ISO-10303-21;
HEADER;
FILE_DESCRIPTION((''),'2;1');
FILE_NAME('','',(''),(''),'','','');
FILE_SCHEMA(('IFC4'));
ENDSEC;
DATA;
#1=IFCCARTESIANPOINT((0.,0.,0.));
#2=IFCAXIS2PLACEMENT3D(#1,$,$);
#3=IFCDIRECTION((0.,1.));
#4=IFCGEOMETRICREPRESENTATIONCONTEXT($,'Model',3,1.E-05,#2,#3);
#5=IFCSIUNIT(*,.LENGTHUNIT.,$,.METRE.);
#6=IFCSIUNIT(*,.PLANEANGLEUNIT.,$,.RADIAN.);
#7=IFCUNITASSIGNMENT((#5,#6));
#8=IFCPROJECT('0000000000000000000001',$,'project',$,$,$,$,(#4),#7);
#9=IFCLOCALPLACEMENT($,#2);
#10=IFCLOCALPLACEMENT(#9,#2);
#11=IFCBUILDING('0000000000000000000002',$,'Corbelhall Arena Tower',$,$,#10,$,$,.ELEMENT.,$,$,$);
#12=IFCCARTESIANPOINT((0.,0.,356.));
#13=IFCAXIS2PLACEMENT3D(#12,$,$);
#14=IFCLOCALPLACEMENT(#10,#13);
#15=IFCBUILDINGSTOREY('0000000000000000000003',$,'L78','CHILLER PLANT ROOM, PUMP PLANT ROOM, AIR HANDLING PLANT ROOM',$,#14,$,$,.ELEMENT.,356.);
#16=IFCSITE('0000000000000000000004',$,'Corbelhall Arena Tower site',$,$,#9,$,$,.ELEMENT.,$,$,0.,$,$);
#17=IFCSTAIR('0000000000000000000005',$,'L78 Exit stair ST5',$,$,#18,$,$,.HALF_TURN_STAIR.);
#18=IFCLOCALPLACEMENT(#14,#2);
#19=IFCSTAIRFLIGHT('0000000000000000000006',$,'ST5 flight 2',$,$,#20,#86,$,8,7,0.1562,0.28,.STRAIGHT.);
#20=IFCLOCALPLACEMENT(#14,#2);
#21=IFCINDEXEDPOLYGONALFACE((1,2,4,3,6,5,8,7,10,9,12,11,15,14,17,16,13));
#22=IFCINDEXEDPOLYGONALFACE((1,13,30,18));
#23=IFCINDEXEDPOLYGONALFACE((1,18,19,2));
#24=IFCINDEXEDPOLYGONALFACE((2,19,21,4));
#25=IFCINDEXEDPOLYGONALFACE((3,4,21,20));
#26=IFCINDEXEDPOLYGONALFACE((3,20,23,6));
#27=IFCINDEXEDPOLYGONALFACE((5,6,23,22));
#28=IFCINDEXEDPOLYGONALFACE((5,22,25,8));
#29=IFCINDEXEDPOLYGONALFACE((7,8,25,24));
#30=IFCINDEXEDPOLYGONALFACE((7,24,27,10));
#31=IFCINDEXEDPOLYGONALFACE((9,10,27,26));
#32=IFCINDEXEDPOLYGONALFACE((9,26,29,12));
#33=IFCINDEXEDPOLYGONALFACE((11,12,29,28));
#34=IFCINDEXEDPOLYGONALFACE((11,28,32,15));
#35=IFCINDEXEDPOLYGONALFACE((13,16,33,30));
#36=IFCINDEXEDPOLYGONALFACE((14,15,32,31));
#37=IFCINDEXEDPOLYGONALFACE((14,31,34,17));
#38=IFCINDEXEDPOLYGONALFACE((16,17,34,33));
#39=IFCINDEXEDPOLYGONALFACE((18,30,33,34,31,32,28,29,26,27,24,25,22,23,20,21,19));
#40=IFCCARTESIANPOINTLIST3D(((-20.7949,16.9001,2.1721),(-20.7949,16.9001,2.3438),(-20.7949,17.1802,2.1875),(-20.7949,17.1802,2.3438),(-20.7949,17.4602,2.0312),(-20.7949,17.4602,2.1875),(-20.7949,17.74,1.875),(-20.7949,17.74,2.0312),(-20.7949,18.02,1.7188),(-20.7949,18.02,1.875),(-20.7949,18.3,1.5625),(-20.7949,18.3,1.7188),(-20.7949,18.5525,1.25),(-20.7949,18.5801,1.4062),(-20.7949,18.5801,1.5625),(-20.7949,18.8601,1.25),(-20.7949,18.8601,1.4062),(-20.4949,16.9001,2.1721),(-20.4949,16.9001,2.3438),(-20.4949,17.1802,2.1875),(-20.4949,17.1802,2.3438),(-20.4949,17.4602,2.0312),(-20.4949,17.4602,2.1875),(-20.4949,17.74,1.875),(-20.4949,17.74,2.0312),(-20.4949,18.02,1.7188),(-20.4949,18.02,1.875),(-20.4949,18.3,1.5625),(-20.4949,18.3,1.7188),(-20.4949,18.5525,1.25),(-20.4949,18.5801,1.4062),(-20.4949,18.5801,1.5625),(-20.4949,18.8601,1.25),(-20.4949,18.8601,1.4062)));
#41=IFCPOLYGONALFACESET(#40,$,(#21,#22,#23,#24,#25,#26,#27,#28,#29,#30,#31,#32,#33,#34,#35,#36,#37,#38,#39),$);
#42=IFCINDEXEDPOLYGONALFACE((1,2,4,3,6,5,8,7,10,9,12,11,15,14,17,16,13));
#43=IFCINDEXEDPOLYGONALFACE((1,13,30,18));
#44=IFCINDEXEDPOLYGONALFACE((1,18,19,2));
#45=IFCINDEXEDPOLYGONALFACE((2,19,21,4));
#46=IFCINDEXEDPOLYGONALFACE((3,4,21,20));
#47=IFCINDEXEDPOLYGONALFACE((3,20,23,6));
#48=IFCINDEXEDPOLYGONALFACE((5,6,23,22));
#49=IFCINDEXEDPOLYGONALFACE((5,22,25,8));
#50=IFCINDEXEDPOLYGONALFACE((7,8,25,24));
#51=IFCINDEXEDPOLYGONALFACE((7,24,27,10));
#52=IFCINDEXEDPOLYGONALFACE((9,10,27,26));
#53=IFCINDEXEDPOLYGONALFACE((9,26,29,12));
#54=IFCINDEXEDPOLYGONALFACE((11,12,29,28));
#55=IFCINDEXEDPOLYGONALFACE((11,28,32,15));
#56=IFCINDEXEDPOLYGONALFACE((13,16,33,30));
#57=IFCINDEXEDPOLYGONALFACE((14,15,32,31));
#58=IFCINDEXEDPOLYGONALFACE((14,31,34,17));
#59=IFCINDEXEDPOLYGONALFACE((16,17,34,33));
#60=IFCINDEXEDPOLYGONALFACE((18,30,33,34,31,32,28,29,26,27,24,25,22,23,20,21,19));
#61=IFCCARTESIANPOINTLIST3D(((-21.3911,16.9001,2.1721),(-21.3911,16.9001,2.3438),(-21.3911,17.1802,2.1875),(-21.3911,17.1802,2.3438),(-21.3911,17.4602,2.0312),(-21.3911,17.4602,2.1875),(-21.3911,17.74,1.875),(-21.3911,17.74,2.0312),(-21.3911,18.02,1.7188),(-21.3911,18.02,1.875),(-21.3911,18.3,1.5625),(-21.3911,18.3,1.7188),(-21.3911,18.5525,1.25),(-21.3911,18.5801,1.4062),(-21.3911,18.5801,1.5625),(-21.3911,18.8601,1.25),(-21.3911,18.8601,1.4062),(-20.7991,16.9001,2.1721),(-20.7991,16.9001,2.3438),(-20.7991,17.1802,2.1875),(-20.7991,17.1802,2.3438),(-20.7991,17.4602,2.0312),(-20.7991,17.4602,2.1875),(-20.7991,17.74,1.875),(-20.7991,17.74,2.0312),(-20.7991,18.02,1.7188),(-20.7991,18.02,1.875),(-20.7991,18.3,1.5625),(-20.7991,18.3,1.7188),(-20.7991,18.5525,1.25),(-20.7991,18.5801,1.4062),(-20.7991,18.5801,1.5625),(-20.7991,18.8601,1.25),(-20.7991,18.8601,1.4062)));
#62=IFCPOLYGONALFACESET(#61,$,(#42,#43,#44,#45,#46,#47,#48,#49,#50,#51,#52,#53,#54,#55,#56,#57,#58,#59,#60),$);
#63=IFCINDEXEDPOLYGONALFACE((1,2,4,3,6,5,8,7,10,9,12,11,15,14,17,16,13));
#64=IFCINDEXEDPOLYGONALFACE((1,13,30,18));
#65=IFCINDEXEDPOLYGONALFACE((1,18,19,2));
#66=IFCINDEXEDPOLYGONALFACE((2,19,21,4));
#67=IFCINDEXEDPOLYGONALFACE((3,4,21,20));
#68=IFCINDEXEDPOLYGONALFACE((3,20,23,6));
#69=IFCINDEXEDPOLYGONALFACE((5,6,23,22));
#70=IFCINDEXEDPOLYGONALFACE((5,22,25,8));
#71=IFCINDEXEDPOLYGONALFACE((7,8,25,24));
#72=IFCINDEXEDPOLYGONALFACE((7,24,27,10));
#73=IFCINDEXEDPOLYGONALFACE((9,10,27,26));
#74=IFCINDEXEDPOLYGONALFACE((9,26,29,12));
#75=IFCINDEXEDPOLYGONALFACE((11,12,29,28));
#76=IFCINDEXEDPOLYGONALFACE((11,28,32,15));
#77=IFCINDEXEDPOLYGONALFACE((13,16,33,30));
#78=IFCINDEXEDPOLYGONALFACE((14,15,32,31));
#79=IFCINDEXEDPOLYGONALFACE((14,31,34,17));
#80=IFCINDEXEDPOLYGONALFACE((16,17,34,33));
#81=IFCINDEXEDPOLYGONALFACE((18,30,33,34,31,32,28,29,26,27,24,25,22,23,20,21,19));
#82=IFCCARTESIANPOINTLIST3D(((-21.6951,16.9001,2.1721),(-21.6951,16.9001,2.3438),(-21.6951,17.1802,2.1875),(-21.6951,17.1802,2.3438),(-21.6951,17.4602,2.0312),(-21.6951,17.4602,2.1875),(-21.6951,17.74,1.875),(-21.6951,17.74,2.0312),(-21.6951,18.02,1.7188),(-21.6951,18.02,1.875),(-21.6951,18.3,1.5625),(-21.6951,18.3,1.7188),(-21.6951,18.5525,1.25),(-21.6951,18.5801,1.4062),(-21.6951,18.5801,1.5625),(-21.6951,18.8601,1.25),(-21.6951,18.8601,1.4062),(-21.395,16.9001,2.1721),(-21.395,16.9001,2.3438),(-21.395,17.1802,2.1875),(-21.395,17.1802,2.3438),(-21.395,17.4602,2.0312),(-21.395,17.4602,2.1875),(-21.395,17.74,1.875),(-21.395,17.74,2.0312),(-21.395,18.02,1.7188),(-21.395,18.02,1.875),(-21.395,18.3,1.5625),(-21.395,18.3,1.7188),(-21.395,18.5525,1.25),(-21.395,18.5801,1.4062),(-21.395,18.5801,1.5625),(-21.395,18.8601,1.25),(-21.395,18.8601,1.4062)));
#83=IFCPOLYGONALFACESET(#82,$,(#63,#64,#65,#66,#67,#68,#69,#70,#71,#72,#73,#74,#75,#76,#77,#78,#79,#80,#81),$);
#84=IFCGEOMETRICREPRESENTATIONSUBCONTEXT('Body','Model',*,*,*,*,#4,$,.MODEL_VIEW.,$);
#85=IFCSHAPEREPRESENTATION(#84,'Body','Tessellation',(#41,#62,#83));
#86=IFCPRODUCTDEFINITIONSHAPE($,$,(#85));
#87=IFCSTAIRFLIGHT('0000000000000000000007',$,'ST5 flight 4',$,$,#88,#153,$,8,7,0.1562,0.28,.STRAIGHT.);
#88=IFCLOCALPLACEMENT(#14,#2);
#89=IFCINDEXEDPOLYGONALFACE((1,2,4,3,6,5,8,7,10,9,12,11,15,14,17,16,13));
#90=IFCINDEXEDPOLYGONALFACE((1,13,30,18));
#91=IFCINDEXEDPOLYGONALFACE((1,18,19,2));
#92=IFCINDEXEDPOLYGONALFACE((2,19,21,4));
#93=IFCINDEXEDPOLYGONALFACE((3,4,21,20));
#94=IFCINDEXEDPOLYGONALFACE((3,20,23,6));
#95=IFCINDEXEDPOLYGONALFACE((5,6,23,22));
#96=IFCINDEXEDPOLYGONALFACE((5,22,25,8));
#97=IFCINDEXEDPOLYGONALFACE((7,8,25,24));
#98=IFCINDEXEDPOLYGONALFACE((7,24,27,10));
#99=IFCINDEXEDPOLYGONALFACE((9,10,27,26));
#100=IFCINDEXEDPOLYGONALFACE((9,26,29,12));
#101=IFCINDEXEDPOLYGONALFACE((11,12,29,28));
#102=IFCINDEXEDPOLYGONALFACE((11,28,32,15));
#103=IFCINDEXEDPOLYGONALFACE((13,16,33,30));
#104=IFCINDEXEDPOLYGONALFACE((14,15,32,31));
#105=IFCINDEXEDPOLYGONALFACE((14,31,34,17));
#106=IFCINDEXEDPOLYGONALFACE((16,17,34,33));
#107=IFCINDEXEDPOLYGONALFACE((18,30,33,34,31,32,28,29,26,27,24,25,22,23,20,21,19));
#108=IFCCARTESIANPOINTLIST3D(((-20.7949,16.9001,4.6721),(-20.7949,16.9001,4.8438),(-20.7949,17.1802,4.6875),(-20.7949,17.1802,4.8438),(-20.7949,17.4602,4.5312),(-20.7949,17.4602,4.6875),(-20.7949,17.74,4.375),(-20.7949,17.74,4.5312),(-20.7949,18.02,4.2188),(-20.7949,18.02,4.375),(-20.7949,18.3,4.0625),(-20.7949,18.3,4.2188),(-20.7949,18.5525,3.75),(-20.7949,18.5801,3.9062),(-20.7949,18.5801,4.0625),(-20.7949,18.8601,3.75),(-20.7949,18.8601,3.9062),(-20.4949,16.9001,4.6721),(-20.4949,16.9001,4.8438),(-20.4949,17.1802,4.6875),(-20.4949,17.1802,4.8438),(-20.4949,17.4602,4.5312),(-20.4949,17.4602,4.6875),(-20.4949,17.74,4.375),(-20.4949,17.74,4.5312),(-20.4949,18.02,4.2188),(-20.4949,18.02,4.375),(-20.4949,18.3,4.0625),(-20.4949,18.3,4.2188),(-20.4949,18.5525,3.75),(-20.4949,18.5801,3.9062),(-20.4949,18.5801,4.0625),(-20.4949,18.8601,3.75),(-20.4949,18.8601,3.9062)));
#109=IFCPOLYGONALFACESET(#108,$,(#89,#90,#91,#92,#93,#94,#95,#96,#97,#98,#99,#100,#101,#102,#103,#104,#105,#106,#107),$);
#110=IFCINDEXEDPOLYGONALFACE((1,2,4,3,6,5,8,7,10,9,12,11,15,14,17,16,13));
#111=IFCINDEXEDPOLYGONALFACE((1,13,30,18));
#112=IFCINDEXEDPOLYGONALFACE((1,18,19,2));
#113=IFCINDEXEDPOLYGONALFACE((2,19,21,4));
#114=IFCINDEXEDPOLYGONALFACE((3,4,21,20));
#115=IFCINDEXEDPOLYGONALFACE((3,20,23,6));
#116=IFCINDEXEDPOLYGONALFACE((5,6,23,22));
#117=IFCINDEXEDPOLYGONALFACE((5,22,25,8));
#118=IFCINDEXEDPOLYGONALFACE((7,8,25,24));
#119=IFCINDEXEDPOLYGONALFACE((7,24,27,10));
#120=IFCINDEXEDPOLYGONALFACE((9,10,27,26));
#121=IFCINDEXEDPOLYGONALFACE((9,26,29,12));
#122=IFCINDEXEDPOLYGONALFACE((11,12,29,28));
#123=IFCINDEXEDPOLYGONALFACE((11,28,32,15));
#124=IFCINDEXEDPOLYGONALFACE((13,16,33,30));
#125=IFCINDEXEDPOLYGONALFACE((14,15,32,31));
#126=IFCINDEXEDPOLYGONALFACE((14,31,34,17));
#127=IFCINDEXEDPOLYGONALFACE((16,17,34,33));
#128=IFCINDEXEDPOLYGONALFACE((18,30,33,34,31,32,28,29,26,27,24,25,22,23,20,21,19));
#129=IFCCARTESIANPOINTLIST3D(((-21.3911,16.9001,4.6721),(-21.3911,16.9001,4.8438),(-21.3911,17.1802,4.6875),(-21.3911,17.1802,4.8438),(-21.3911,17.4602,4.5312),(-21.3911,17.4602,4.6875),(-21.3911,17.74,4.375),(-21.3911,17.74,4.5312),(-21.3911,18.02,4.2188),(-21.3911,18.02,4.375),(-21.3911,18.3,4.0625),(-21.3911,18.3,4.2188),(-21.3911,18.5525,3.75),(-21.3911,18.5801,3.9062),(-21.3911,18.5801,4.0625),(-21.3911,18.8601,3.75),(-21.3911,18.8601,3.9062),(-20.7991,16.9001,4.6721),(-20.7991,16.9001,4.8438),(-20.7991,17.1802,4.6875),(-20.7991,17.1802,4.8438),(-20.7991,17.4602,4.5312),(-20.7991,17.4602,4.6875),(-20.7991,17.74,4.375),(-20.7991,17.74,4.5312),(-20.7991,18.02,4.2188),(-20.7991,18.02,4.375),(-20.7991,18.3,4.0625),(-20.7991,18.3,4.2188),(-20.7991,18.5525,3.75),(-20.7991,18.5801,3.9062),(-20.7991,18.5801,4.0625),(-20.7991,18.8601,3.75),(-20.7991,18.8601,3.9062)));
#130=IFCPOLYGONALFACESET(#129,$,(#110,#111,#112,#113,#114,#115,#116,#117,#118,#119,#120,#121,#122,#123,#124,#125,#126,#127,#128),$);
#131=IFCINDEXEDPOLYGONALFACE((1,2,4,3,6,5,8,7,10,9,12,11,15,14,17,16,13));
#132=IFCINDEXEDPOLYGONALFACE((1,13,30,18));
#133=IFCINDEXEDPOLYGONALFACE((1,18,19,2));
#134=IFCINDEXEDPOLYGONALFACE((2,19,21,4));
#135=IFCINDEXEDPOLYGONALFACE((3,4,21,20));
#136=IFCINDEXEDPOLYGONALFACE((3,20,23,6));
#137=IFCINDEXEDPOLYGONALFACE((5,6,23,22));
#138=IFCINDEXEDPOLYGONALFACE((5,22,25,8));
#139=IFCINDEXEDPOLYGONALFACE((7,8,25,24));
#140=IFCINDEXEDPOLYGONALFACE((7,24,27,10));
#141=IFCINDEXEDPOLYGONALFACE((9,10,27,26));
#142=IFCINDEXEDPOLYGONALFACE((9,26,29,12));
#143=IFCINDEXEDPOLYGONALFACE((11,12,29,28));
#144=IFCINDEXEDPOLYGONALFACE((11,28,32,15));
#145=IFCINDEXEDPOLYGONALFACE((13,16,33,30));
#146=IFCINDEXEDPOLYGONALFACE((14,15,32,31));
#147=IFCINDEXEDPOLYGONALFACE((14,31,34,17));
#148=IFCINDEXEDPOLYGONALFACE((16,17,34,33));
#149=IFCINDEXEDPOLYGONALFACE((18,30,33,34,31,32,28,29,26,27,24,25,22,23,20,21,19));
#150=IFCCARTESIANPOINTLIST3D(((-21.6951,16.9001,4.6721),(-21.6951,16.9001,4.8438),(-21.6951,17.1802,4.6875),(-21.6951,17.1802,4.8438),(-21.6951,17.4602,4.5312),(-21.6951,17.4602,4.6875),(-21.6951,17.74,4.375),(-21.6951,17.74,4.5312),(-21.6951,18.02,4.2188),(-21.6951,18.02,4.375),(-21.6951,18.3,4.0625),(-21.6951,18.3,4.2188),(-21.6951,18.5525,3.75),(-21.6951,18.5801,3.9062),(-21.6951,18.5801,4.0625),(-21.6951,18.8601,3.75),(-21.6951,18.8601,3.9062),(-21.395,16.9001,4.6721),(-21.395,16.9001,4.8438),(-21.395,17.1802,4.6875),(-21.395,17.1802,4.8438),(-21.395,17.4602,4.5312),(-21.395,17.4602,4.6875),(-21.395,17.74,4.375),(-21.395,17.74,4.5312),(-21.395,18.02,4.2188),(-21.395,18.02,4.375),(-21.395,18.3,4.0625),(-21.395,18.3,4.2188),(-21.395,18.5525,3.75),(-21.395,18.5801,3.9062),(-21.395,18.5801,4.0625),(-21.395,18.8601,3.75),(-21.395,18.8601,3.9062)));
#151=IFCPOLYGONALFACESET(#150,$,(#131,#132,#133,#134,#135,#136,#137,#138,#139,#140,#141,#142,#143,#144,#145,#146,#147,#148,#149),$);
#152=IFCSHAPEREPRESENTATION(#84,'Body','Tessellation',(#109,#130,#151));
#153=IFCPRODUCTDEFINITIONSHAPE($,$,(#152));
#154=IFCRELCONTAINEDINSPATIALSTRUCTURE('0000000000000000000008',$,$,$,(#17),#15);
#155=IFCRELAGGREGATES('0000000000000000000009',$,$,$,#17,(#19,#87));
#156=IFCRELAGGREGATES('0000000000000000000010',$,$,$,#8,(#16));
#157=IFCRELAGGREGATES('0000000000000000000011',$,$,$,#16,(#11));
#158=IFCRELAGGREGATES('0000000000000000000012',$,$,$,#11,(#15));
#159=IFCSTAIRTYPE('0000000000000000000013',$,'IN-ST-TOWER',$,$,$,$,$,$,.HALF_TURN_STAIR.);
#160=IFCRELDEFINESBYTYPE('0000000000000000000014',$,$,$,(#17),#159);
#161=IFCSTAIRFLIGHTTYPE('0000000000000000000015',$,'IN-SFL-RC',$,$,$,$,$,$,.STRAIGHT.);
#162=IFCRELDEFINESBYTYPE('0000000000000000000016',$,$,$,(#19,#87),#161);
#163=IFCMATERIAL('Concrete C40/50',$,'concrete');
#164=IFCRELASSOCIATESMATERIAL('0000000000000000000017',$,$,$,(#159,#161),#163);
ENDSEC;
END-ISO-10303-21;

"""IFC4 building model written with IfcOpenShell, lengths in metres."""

from ifc_helpers import new_model, si_unit, direction, frame, origin, place, context, subcontext, project, spatial, polyline, outline, extrude, material, type_object, element, aggregate, save


model = new_model("IFC4")

# Units and contexts
model_context = context("Model", 3, precision=1e-05, world=origin(), true_north=direction((0.0, 1.0)))
body_context = subcontext(model_context, "Body", "Model", "MODEL_VIEW")
ifc_project = project(units=[si_unit("LENGTHUNIT", "METRE"), si_unit("PLANEANGLEUNIT", "RADIAN")], contexts=[model_context])

# Site, building, storey
site_placement = place(None, origin())
site = spatial("IfcSite", under=ifc_project, at=site_placement, Name="Corbelhall Arena Tower site", CompositionType="ELEMENT", RefElevation=0.0)
building_placement = place(site_placement, origin())
building = spatial("IfcBuilding", under=site, at=building_placement, Name="Corbelhall Arena Tower", CompositionType="ELEMENT")
storey_placement = place(building_placement, frame((0.0, 0.0, 356.0)))
storey = spatial("IfcBuildingStorey", under=building, at=storey_placement, Name="L78", Description="CHILLER PLANT ROOM, PUMP PLANT ROOM, AIR HANDLING PLANT ROOM", CompositionType="ELEMENT", Elevation=356.0)

# Shared definitions
ifc_material_1 = material(Name="Concrete C40/50", Category="concrete")

# Stair, stair flights
stair_type = type_object("IfcStairType", Name="IN-ST-TOWER", PredefinedType="HALF_TURN_STAIR", material=ifc_material_1)
stair_placement = place(storey_placement, origin())
stair = element("IfcStair", 1, at=stair_placement, inside=storey, type_object=stair_type, Name="L78 Exit stair ST5", PredefinedType="HALF_TURN_STAIR")
stair_flight_type = type_object("IfcStairFlightType", Name="IN-SFL-RC", PredefinedType="STRAIGHT", material=ifc_material_1)
stair_flight_1_placement = place(storey_placement, frame((-21.095, 18.8601, 1.25), z_axis=(0.0, 0.0, 1.0), x_axis=(0.0, -1.0, 0.0)))
stair_flight_1 = element("IfcStairFlight", 2, at=stair_flight_1_placement, type_object=stair_flight_type, Name="ST5 flight 2", NumberOfRisers=8, NumberOfTreads=7, PredefinedType="STRAIGHT", RiserHeight=0.1562, TreadLength=0.28, context=body_context, shape_type="SweptSolid", body=[
    extrude(outline(polyline([(0.0, 0.0), (0.0, 0.1562), (0.28, 0.1562), (0.28, 0.3125), (0.5601, 0.3125), (0.5601, 0.4688), (0.8401, 0.4688), (0.8401, 0.625), (1.1201, 0.625), (1.1201, 0.7812), (1.3999, 0.7812), (1.3999, 0.9375), (1.6799, 0.9375), (1.6799, 1.0938), (1.96, 1.0938), (1.96, 1.25), (1.96, 0.9221), (0.3076, 0.0), (0.0, 0.0)])), frame((0.0, 0.6001, 0.0), z_axis=(0.0, -1.0, 0.0), x_axis=(1.0, 0.0, 0.0)), (0.0, 0.0, 1.0), 0.3),
    extrude(outline(polyline([(0.0, 0.0), (0.0, 0.1562), (0.28, 0.1562), (0.28, 0.3125), (0.5601, 0.3125), (0.5601, 0.4688), (0.8401, 0.4688), (0.8401, 0.625), (1.1201, 0.625), (1.1201, 0.7812), (1.3999, 0.7812), (1.3999, 0.9375), (1.6799, 0.9375), (1.6799, 1.0938), (1.96, 1.0938), (1.96, 1.25), (1.96, 0.9221), (0.3076, 0.0), (0.0, 0.0)])), frame((0.0, 0.2959, 0.0), z_axis=(0.0, -1.0, 0.0), x_axis=(1.0, 0.0, 0.0)), (0.0, 0.0, 1.0), 0.592),
    extrude(outline(polyline([(0.0, 0.0), (0.0, 0.1562), (0.28, 0.1562), (0.28, 0.3125), (0.5601, 0.3125), (0.5601, 0.4688), (0.8401, 0.4688), (0.8401, 0.625), (1.1201, 0.625), (1.1201, 0.7812), (1.3999, 0.7812), (1.3999, 0.9375), (1.6799, 0.9375), (1.6799, 1.0938), (1.96, 1.0938), (1.96, 1.25), (1.96, 0.9221), (0.3076, 0.0), (0.0, 0.0)])), frame((0.0, -0.3, 0.0), z_axis=(0.0, -1.0, 0.0), x_axis=(1.0, 0.0, 0.0)), (0.0, 0.0, 1.0), 0.3),
])
stair_flight_2_placement = place(storey_placement, frame((-21.095, 18.8601, 3.75), z_axis=(0.0, 0.0, 1.0), x_axis=(0.0, -1.0, 0.0)))
stair_flight_2 = element("IfcStairFlight", 3, at=stair_flight_2_placement, type_object=stair_flight_type, Name="ST5 flight 4", NumberOfRisers=8, NumberOfTreads=7, PredefinedType="STRAIGHT", RiserHeight=0.1562, TreadLength=0.28, context=body_context, shape_type="SweptSolid", body=[
    extrude(outline(polyline([(0.0, 0.0), (0.0, 0.1562), (0.28, 0.1562), (0.28, 0.3125), (0.5601, 0.3125), (0.5601, 0.4688), (0.8401, 0.4688), (0.8401, 0.625), (1.1201, 0.625), (1.1201, 0.7812), (1.3999, 0.7812), (1.3999, 0.9375), (1.6799, 0.9375), (1.6799, 1.0938), (1.96, 1.0938), (1.96, 1.25), (1.96, 0.9221), (0.3076, 0.0), (0.0, 0.0)])), frame((0.0, 0.6001, 0.0), z_axis=(0.0, -1.0, 0.0), x_axis=(1.0, 0.0, 0.0)), (0.0, 0.0, 1.0), 0.3),
    extrude(outline(polyline([(0.0, 0.0), (0.0, 0.1562), (0.28, 0.1562), (0.28, 0.3125), (0.5601, 0.3125), (0.5601, 0.4688), (0.8401, 0.4688), (0.8401, 0.625), (1.1201, 0.625), (1.1201, 0.7812), (1.3999, 0.7812), (1.3999, 0.9375), (1.6799, 0.9375), (1.6799, 1.0938), (1.96, 1.0938), (1.96, 1.25), (1.96, 0.9221), (0.3076, 0.0), (0.0, 0.0)])), frame((0.0, 0.2959, 0.0), z_axis=(0.0, -1.0, 0.0), x_axis=(1.0, 0.0, 0.0)), (0.0, 0.0, 1.0), 0.592),
    extrude(outline(polyline([(0.0, 0.0), (0.0, 0.1562), (0.28, 0.1562), (0.28, 0.3125), (0.5601, 0.3125), (0.5601, 0.4688), (0.8401, 0.4688), (0.8401, 0.625), (1.1201, 0.625), (1.1201, 0.7812), (1.3999, 0.7812), (1.3999, 0.9375), (1.6799, 0.9375), (1.6799, 1.0938), (1.96, 1.0938), (1.96, 1.25), (1.96, 0.9221), (0.3076, 0.0), (0.0, 0.0)])), frame((0.0, -0.3, 0.0), z_axis=(0.0, -1.0, 0.0), x_axis=(1.0, 0.0, 0.0)), (0.0, 0.0, 1.0), 0.3),
])
aggregate(stair, [stair_flight_1, stair_flight_2])

save(model, "model.ifc")
